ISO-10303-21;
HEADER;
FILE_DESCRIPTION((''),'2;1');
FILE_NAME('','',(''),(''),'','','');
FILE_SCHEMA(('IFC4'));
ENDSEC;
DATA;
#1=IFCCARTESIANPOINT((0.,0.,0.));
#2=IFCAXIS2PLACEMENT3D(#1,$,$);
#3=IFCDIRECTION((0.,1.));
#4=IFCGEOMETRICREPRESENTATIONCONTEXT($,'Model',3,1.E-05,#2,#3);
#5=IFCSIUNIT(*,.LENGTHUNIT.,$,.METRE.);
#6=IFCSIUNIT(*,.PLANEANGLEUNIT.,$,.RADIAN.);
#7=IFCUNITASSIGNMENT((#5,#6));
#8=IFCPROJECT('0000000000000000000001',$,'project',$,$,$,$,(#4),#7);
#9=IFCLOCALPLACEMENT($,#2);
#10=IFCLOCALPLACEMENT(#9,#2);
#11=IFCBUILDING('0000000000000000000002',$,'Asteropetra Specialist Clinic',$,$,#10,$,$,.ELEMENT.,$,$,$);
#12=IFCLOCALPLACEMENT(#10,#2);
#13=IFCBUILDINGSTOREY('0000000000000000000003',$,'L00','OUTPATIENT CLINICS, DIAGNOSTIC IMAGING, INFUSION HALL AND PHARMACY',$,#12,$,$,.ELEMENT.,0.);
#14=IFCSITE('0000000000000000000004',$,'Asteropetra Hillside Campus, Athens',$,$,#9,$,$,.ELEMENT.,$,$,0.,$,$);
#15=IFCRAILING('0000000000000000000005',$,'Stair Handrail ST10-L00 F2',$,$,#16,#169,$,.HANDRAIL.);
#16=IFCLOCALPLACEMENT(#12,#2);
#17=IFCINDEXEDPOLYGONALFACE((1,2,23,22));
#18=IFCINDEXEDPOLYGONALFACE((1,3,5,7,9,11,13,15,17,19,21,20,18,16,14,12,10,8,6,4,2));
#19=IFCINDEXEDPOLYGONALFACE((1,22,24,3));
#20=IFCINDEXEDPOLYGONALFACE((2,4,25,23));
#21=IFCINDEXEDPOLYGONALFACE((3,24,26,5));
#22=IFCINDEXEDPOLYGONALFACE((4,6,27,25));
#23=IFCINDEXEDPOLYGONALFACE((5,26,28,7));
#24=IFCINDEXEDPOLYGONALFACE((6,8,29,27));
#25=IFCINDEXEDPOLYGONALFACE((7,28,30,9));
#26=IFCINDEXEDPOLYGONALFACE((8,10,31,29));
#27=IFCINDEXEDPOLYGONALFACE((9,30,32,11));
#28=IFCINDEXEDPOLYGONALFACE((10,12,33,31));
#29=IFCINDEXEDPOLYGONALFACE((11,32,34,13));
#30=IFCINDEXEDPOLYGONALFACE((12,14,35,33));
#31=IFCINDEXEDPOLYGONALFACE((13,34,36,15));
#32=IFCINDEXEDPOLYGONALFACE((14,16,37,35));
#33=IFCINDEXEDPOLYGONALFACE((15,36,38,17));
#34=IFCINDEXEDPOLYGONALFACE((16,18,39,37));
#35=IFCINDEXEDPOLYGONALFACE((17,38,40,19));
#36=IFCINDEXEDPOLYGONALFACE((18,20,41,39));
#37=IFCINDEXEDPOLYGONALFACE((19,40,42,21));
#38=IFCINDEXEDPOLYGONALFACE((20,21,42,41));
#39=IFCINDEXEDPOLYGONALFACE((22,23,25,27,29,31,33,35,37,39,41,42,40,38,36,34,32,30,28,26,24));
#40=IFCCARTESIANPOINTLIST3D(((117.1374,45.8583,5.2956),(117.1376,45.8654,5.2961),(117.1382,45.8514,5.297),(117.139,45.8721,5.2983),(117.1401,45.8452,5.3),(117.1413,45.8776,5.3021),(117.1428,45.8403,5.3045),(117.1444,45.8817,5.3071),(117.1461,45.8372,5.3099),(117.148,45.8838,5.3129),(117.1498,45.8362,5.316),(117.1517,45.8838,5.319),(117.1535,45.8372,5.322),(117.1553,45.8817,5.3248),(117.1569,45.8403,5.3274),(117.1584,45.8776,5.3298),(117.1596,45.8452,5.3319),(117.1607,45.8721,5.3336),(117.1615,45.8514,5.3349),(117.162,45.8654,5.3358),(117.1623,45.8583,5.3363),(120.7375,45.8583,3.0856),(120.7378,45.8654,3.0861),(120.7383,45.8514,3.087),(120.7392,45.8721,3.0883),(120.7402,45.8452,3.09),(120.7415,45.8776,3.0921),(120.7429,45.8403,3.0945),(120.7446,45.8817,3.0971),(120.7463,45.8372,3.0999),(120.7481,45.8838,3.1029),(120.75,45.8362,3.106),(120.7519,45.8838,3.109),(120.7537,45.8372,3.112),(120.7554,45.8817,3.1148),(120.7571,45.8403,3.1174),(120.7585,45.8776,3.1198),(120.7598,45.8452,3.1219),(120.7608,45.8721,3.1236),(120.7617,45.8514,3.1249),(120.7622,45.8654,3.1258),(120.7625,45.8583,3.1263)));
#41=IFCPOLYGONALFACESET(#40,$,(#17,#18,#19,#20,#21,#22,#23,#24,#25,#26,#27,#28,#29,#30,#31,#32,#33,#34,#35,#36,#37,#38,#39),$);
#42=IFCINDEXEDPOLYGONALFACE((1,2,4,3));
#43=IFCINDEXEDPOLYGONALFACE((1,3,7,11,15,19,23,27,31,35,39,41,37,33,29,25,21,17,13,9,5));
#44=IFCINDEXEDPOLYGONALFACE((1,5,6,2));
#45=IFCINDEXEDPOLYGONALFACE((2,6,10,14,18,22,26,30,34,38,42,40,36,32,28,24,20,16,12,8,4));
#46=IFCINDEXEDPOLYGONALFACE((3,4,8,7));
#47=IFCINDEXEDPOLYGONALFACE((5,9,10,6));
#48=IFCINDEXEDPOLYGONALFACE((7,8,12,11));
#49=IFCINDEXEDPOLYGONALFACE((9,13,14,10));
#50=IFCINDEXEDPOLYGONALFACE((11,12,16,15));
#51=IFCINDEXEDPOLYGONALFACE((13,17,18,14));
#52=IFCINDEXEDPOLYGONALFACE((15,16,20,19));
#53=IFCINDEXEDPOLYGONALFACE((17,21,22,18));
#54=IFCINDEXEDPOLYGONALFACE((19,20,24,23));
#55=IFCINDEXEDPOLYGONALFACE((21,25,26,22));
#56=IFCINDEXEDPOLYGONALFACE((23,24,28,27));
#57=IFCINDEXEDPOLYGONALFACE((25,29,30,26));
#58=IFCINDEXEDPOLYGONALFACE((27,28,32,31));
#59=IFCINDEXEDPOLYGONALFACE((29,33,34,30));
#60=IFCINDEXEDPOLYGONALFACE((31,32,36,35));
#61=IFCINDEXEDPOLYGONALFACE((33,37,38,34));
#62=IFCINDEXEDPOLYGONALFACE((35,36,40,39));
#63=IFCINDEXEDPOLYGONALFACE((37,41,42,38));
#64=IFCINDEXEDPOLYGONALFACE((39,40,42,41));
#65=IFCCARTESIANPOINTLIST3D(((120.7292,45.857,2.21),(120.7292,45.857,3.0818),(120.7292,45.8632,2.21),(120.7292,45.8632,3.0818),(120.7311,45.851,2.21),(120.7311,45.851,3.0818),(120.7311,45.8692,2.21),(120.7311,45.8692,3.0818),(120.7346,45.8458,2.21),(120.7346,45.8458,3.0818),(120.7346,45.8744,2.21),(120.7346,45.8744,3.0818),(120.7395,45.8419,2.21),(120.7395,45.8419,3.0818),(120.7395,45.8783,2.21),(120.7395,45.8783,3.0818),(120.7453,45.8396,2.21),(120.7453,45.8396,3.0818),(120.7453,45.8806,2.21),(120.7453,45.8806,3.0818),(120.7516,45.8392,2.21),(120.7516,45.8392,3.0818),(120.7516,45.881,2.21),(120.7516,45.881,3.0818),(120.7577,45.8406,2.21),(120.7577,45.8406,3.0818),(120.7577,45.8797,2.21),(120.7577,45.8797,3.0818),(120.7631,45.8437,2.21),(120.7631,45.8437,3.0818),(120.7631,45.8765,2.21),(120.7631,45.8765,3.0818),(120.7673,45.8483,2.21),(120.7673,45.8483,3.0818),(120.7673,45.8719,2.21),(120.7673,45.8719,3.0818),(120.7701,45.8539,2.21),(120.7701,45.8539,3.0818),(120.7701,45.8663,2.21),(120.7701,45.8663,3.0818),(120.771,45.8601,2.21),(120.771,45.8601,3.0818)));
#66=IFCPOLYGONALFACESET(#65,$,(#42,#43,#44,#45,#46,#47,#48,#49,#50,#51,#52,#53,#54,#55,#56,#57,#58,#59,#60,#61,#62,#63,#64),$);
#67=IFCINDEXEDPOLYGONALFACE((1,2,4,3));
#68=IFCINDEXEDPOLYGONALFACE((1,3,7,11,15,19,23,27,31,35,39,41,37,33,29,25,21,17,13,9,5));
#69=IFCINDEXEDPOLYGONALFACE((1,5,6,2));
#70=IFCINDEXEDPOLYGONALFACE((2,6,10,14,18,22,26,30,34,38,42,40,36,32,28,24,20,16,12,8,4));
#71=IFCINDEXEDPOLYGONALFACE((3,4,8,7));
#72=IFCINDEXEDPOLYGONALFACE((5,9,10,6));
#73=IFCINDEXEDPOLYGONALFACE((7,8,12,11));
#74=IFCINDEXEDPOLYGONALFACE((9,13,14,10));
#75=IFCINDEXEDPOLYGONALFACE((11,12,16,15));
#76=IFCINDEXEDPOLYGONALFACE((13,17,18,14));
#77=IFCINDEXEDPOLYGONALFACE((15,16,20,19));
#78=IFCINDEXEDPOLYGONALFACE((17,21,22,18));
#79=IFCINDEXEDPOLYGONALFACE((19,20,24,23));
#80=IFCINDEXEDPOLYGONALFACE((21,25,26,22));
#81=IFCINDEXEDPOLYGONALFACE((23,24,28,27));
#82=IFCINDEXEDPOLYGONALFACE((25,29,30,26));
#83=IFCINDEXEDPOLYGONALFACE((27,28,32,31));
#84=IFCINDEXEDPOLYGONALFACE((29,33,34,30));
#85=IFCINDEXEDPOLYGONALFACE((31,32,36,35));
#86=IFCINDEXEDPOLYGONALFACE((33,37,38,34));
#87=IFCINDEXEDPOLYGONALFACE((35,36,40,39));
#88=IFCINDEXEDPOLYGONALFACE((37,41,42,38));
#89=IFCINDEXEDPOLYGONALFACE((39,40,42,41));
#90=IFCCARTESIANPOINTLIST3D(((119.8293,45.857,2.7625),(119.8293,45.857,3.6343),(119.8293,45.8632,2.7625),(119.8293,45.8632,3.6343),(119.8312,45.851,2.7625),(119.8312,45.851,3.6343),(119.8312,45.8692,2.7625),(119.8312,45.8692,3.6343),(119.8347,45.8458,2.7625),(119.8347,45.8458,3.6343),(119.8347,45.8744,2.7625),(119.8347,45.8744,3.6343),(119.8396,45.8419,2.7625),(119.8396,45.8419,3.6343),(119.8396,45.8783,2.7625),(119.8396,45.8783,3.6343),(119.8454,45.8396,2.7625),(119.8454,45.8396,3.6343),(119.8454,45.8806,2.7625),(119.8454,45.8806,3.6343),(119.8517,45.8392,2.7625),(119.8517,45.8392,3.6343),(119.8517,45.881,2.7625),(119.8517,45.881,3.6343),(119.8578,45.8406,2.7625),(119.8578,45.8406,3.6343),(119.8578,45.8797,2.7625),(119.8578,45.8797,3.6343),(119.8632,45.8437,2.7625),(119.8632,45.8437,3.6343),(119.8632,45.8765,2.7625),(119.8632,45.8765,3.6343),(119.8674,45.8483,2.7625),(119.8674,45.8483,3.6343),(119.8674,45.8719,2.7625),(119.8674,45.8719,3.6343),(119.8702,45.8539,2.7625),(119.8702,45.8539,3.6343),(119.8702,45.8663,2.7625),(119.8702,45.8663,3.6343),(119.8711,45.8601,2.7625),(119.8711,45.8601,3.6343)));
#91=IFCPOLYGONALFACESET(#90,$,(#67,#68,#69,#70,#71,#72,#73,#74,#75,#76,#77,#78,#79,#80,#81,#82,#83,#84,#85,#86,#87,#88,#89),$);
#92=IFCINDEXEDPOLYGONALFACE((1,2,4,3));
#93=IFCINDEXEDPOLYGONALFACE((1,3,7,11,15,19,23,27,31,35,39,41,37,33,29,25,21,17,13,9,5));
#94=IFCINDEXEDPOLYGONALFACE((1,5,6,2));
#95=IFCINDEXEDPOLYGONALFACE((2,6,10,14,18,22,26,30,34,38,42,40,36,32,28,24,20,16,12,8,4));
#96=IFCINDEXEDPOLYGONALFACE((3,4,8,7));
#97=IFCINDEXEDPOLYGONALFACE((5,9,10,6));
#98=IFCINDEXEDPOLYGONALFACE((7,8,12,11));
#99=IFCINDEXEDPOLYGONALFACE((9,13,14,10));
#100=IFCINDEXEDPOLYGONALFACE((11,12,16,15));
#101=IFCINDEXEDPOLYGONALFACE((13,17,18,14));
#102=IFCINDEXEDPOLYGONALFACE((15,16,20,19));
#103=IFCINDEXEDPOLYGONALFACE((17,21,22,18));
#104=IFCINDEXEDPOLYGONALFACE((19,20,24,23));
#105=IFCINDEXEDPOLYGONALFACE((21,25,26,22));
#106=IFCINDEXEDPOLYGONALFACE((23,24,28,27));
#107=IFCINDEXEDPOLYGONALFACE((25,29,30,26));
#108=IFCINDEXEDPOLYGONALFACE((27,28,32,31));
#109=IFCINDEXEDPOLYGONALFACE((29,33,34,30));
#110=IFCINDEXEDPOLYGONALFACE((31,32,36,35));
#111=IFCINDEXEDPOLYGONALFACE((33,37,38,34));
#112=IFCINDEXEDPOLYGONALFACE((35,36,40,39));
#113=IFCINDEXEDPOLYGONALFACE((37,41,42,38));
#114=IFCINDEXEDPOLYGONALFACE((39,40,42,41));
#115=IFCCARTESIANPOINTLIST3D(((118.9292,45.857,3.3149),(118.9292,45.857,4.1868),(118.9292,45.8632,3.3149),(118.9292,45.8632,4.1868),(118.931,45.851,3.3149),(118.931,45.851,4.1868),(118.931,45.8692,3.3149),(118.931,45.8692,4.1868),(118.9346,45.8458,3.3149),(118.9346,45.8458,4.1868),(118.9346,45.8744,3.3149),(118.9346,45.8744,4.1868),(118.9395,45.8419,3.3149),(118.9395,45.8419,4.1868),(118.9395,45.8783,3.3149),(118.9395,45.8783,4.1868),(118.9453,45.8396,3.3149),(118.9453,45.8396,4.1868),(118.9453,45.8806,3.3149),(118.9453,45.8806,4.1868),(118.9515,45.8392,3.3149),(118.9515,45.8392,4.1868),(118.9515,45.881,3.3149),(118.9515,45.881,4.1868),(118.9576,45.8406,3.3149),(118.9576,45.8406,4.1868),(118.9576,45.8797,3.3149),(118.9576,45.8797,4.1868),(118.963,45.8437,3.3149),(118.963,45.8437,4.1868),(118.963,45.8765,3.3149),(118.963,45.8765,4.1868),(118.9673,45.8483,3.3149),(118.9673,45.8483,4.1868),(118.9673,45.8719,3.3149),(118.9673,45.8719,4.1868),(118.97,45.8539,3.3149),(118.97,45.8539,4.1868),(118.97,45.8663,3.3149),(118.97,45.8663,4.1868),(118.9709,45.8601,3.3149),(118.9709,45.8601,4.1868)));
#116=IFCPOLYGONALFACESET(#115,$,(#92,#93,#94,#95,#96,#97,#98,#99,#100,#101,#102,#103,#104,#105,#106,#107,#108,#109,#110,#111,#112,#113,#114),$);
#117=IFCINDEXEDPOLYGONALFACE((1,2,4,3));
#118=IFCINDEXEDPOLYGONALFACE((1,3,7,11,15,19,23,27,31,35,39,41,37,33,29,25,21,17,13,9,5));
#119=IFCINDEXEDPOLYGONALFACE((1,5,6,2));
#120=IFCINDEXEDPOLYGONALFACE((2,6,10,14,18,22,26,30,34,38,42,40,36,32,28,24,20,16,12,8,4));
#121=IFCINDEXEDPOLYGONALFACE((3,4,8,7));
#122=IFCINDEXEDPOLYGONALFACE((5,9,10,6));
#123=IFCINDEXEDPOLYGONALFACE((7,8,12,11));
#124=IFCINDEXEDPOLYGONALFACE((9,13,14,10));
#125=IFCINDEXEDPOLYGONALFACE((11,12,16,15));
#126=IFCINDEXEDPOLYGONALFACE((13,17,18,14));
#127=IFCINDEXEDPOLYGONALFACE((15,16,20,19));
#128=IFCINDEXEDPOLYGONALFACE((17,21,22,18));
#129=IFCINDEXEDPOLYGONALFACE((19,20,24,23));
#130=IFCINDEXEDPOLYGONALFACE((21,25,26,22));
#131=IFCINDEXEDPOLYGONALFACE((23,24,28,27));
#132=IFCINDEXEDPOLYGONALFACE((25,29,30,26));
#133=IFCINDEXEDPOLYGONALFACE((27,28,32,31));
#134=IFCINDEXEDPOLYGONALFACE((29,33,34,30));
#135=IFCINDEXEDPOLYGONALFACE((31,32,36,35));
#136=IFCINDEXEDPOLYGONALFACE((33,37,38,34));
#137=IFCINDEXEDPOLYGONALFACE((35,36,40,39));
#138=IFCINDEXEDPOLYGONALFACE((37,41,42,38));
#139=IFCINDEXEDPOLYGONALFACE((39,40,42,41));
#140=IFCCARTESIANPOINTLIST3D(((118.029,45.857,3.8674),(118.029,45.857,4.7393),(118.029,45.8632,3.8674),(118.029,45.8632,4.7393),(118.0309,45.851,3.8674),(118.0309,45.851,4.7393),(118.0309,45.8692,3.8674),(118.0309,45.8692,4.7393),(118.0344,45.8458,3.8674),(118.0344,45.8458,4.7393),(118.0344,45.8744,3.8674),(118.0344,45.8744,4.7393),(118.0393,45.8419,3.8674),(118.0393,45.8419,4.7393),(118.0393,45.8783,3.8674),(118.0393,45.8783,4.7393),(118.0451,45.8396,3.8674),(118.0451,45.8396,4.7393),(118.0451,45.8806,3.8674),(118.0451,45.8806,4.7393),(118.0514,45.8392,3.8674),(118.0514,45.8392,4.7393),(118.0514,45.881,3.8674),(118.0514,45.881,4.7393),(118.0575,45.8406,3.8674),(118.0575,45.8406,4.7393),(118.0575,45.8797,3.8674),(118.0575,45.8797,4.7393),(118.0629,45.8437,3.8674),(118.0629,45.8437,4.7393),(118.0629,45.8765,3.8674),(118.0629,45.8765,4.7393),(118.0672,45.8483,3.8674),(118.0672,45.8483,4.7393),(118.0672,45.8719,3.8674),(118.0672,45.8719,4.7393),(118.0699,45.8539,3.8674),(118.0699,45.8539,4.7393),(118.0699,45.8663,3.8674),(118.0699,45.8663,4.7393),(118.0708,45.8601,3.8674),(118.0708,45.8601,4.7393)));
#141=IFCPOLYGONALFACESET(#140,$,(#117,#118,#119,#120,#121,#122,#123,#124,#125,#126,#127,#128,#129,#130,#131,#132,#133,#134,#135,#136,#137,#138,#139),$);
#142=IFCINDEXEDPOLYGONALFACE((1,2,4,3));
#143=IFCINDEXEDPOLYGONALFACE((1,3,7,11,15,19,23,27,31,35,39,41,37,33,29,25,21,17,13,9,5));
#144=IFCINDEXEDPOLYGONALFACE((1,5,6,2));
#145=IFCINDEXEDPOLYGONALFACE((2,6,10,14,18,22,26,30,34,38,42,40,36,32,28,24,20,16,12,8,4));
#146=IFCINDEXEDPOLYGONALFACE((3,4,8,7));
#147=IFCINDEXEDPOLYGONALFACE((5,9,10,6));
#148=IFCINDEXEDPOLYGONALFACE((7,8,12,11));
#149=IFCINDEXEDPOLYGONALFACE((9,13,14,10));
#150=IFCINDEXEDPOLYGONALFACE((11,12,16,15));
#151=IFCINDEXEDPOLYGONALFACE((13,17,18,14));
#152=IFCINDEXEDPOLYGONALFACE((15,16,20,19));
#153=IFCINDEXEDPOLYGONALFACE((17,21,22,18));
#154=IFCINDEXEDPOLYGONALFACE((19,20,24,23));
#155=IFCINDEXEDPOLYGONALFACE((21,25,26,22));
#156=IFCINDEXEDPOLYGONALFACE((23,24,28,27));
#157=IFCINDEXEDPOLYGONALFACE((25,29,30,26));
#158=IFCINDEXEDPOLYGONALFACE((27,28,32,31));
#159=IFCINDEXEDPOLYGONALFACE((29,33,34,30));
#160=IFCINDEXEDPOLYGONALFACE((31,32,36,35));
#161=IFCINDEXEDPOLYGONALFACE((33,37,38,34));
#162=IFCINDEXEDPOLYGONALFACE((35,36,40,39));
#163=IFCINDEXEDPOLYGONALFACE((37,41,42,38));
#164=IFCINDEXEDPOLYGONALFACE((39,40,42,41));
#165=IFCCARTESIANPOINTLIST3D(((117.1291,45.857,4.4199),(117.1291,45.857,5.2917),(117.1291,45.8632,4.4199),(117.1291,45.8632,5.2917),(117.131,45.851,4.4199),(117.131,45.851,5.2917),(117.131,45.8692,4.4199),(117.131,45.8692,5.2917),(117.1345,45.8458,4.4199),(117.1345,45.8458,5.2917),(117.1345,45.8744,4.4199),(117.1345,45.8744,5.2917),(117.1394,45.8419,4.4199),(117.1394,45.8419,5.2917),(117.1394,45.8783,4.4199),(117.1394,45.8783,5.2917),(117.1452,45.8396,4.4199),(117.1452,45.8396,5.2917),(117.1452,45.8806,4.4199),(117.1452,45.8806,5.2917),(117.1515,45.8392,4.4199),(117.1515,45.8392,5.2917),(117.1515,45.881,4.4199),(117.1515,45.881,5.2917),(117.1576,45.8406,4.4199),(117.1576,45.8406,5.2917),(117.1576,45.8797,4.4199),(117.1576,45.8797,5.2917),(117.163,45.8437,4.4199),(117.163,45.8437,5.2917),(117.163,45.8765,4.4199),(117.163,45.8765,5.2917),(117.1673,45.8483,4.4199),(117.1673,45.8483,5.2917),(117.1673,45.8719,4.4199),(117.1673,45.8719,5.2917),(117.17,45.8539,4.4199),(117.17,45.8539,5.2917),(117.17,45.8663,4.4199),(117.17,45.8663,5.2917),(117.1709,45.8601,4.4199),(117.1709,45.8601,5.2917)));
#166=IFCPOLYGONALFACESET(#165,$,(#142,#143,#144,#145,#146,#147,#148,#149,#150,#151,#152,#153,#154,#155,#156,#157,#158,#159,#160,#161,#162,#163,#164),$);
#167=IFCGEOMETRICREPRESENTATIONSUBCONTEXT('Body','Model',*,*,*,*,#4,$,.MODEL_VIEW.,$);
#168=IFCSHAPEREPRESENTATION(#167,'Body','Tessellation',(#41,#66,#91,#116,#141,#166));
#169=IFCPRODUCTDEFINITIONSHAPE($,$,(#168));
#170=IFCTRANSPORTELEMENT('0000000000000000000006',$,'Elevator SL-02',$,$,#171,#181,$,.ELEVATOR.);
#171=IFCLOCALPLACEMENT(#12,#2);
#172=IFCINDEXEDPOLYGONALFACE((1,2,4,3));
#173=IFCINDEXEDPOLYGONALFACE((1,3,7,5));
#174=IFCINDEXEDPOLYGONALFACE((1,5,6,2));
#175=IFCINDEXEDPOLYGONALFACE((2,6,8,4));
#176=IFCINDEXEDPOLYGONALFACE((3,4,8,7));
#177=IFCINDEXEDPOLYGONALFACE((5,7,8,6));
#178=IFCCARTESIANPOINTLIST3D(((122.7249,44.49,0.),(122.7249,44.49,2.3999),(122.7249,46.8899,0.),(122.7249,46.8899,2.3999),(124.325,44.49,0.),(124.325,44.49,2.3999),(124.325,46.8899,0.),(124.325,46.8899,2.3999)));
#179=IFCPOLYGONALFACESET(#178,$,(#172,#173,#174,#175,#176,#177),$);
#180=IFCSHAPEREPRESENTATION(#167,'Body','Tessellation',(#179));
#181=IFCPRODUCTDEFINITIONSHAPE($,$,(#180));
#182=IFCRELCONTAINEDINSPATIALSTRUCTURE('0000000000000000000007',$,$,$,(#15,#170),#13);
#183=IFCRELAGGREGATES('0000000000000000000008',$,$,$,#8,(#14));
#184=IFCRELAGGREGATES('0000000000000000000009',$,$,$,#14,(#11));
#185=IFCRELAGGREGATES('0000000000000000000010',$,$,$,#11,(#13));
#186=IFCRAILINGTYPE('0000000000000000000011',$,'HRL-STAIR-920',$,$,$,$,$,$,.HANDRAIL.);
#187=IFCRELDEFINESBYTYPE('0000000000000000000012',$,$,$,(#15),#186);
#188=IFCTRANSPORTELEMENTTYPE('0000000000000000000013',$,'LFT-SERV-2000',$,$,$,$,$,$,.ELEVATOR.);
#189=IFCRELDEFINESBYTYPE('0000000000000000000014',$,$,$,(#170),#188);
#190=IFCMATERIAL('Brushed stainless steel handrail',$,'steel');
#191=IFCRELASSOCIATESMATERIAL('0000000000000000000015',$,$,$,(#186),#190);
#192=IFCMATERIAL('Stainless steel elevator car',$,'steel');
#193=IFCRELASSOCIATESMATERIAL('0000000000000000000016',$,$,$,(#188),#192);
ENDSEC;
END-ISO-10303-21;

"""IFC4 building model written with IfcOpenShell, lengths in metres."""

from ifc_helpers import new_model, si_unit, direction, frame, origin, origin_2d, place, context, subcontext, project, spatial, rectangle, circle, extrude, material, type_object, element, save


model = new_model("IFC4")

# Units and contexts
model_context = context("Model", 3, precision=1e-05, world=origin(), true_north=direction((0.0, 1.0)))
body_context = subcontext(model_context, "Body", "Model", "MODEL_VIEW")
ifc_project = project(units=[si_unit("LENGTHUNIT", "METRE"), si_unit("PLANEANGLEUNIT", "RADIAN")], contexts=[model_context])

# Site, building, storey
site_placement = place(None, origin())
site = spatial("IfcSite", under=ifc_project, at=site_placement, Name="Asteropetra Hillside Campus, Athens", CompositionType="ELEMENT", RefElevation=0.0)
building_placement = place(site_placement, origin())
building = spatial("IfcBuilding", under=site, at=building_placement, Name="Asteropetra Specialist Clinic", CompositionType="ELEMENT")
storey_placement = place(building_placement, origin())
storey = spatial("IfcBuildingStorey", under=building, at=storey_placement, Name="L00", Description="OUTPATIENT CLINICS, DIAGNOSTIC IMAGING, INFUSION HALL AND PHARMACY", CompositionType="ELEMENT", Elevation=0.0)

# Railing
ifc_material_1 = material(Name="Brushed stainless steel handrail", Category="steel")
railing_type_1 = type_object("IfcRailingType", Name="HRL-STAIR-920", PredefinedType="HANDRAIL", material=ifc_material_1)
railing_1_placement = place(storey_placement, frame((120.75, 45.8601, 2.21)))
element("IfcRailing", 1, at=railing_1_placement, inside=storey, type_object=railing_type_1, Name="Stair Handrail ST10-L00 F2", PredefinedType="HANDRAIL", context=body_context, shape_type="SweptSolid", body=[
    extrude(circle(Radius=0.0239, at=origin_2d()), frame((0.0, 0.0, 0.896), z_axis=(-0.852237, 0.0, 0.523156), x_axis=(0.0, -1.0, 0.0)), (0.0, 0.0, 1.0), 4.2244),
    extrude(circle(Radius=0.021, at=origin_2d()), origin(), (0.0, 0.0, 1.0), 0.8718),
    extrude(circle(Radius=0.021, at=origin_2d()), frame((-0.8999, 0.0, 0.5525)), (0.0, 0.0, 1.0), 0.8718),
    extrude(circle(Radius=0.021, at=origin_2d()), frame((-1.8, 0.0, 1.105)), (0.0, 0.0, 1.0), 0.8718),
    extrude(circle(Radius=0.021, at=origin_2d()), frame((-2.7002, 0.0, 1.6575)), (0.0, 0.0, 1.0), 0.8718),
    extrude(circle(Radius=0.021, at=origin_2d()), frame((-3.6001, 0.0, 2.21)), (0.0, 0.0, 1.0), 0.8718),
])

# Transport element
ifc_material_2 = material(Name="Stainless steel elevator car", Category="steel")
transport_element_type = type_object("IfcTransportElementType", Name="LFT-SERV-2000", PredefinedType="ELEVATOR", material=ifc_material_2)
transport_element_placement = place(storey_placement, frame((123.5249, 45.6899, 0.0), z_axis=(0.0, 0.0, 1.0), x_axis=(1.0, 0.0, 0.0)))
element("IfcTransportElement", 2, at=transport_element_placement, inside=storey, type_object=transport_element_type, Name="Elevator SL-02", PredefinedType="ELEVATOR", context=body_context, shape_type="SweptSolid", body=[
    extrude(rectangle(XDim=1.6001, YDim=2.3999, at=origin_2d()), origin(), (0.0, 0.0, 1.0), 2.3999),
])

save(model, "model.ifc")
